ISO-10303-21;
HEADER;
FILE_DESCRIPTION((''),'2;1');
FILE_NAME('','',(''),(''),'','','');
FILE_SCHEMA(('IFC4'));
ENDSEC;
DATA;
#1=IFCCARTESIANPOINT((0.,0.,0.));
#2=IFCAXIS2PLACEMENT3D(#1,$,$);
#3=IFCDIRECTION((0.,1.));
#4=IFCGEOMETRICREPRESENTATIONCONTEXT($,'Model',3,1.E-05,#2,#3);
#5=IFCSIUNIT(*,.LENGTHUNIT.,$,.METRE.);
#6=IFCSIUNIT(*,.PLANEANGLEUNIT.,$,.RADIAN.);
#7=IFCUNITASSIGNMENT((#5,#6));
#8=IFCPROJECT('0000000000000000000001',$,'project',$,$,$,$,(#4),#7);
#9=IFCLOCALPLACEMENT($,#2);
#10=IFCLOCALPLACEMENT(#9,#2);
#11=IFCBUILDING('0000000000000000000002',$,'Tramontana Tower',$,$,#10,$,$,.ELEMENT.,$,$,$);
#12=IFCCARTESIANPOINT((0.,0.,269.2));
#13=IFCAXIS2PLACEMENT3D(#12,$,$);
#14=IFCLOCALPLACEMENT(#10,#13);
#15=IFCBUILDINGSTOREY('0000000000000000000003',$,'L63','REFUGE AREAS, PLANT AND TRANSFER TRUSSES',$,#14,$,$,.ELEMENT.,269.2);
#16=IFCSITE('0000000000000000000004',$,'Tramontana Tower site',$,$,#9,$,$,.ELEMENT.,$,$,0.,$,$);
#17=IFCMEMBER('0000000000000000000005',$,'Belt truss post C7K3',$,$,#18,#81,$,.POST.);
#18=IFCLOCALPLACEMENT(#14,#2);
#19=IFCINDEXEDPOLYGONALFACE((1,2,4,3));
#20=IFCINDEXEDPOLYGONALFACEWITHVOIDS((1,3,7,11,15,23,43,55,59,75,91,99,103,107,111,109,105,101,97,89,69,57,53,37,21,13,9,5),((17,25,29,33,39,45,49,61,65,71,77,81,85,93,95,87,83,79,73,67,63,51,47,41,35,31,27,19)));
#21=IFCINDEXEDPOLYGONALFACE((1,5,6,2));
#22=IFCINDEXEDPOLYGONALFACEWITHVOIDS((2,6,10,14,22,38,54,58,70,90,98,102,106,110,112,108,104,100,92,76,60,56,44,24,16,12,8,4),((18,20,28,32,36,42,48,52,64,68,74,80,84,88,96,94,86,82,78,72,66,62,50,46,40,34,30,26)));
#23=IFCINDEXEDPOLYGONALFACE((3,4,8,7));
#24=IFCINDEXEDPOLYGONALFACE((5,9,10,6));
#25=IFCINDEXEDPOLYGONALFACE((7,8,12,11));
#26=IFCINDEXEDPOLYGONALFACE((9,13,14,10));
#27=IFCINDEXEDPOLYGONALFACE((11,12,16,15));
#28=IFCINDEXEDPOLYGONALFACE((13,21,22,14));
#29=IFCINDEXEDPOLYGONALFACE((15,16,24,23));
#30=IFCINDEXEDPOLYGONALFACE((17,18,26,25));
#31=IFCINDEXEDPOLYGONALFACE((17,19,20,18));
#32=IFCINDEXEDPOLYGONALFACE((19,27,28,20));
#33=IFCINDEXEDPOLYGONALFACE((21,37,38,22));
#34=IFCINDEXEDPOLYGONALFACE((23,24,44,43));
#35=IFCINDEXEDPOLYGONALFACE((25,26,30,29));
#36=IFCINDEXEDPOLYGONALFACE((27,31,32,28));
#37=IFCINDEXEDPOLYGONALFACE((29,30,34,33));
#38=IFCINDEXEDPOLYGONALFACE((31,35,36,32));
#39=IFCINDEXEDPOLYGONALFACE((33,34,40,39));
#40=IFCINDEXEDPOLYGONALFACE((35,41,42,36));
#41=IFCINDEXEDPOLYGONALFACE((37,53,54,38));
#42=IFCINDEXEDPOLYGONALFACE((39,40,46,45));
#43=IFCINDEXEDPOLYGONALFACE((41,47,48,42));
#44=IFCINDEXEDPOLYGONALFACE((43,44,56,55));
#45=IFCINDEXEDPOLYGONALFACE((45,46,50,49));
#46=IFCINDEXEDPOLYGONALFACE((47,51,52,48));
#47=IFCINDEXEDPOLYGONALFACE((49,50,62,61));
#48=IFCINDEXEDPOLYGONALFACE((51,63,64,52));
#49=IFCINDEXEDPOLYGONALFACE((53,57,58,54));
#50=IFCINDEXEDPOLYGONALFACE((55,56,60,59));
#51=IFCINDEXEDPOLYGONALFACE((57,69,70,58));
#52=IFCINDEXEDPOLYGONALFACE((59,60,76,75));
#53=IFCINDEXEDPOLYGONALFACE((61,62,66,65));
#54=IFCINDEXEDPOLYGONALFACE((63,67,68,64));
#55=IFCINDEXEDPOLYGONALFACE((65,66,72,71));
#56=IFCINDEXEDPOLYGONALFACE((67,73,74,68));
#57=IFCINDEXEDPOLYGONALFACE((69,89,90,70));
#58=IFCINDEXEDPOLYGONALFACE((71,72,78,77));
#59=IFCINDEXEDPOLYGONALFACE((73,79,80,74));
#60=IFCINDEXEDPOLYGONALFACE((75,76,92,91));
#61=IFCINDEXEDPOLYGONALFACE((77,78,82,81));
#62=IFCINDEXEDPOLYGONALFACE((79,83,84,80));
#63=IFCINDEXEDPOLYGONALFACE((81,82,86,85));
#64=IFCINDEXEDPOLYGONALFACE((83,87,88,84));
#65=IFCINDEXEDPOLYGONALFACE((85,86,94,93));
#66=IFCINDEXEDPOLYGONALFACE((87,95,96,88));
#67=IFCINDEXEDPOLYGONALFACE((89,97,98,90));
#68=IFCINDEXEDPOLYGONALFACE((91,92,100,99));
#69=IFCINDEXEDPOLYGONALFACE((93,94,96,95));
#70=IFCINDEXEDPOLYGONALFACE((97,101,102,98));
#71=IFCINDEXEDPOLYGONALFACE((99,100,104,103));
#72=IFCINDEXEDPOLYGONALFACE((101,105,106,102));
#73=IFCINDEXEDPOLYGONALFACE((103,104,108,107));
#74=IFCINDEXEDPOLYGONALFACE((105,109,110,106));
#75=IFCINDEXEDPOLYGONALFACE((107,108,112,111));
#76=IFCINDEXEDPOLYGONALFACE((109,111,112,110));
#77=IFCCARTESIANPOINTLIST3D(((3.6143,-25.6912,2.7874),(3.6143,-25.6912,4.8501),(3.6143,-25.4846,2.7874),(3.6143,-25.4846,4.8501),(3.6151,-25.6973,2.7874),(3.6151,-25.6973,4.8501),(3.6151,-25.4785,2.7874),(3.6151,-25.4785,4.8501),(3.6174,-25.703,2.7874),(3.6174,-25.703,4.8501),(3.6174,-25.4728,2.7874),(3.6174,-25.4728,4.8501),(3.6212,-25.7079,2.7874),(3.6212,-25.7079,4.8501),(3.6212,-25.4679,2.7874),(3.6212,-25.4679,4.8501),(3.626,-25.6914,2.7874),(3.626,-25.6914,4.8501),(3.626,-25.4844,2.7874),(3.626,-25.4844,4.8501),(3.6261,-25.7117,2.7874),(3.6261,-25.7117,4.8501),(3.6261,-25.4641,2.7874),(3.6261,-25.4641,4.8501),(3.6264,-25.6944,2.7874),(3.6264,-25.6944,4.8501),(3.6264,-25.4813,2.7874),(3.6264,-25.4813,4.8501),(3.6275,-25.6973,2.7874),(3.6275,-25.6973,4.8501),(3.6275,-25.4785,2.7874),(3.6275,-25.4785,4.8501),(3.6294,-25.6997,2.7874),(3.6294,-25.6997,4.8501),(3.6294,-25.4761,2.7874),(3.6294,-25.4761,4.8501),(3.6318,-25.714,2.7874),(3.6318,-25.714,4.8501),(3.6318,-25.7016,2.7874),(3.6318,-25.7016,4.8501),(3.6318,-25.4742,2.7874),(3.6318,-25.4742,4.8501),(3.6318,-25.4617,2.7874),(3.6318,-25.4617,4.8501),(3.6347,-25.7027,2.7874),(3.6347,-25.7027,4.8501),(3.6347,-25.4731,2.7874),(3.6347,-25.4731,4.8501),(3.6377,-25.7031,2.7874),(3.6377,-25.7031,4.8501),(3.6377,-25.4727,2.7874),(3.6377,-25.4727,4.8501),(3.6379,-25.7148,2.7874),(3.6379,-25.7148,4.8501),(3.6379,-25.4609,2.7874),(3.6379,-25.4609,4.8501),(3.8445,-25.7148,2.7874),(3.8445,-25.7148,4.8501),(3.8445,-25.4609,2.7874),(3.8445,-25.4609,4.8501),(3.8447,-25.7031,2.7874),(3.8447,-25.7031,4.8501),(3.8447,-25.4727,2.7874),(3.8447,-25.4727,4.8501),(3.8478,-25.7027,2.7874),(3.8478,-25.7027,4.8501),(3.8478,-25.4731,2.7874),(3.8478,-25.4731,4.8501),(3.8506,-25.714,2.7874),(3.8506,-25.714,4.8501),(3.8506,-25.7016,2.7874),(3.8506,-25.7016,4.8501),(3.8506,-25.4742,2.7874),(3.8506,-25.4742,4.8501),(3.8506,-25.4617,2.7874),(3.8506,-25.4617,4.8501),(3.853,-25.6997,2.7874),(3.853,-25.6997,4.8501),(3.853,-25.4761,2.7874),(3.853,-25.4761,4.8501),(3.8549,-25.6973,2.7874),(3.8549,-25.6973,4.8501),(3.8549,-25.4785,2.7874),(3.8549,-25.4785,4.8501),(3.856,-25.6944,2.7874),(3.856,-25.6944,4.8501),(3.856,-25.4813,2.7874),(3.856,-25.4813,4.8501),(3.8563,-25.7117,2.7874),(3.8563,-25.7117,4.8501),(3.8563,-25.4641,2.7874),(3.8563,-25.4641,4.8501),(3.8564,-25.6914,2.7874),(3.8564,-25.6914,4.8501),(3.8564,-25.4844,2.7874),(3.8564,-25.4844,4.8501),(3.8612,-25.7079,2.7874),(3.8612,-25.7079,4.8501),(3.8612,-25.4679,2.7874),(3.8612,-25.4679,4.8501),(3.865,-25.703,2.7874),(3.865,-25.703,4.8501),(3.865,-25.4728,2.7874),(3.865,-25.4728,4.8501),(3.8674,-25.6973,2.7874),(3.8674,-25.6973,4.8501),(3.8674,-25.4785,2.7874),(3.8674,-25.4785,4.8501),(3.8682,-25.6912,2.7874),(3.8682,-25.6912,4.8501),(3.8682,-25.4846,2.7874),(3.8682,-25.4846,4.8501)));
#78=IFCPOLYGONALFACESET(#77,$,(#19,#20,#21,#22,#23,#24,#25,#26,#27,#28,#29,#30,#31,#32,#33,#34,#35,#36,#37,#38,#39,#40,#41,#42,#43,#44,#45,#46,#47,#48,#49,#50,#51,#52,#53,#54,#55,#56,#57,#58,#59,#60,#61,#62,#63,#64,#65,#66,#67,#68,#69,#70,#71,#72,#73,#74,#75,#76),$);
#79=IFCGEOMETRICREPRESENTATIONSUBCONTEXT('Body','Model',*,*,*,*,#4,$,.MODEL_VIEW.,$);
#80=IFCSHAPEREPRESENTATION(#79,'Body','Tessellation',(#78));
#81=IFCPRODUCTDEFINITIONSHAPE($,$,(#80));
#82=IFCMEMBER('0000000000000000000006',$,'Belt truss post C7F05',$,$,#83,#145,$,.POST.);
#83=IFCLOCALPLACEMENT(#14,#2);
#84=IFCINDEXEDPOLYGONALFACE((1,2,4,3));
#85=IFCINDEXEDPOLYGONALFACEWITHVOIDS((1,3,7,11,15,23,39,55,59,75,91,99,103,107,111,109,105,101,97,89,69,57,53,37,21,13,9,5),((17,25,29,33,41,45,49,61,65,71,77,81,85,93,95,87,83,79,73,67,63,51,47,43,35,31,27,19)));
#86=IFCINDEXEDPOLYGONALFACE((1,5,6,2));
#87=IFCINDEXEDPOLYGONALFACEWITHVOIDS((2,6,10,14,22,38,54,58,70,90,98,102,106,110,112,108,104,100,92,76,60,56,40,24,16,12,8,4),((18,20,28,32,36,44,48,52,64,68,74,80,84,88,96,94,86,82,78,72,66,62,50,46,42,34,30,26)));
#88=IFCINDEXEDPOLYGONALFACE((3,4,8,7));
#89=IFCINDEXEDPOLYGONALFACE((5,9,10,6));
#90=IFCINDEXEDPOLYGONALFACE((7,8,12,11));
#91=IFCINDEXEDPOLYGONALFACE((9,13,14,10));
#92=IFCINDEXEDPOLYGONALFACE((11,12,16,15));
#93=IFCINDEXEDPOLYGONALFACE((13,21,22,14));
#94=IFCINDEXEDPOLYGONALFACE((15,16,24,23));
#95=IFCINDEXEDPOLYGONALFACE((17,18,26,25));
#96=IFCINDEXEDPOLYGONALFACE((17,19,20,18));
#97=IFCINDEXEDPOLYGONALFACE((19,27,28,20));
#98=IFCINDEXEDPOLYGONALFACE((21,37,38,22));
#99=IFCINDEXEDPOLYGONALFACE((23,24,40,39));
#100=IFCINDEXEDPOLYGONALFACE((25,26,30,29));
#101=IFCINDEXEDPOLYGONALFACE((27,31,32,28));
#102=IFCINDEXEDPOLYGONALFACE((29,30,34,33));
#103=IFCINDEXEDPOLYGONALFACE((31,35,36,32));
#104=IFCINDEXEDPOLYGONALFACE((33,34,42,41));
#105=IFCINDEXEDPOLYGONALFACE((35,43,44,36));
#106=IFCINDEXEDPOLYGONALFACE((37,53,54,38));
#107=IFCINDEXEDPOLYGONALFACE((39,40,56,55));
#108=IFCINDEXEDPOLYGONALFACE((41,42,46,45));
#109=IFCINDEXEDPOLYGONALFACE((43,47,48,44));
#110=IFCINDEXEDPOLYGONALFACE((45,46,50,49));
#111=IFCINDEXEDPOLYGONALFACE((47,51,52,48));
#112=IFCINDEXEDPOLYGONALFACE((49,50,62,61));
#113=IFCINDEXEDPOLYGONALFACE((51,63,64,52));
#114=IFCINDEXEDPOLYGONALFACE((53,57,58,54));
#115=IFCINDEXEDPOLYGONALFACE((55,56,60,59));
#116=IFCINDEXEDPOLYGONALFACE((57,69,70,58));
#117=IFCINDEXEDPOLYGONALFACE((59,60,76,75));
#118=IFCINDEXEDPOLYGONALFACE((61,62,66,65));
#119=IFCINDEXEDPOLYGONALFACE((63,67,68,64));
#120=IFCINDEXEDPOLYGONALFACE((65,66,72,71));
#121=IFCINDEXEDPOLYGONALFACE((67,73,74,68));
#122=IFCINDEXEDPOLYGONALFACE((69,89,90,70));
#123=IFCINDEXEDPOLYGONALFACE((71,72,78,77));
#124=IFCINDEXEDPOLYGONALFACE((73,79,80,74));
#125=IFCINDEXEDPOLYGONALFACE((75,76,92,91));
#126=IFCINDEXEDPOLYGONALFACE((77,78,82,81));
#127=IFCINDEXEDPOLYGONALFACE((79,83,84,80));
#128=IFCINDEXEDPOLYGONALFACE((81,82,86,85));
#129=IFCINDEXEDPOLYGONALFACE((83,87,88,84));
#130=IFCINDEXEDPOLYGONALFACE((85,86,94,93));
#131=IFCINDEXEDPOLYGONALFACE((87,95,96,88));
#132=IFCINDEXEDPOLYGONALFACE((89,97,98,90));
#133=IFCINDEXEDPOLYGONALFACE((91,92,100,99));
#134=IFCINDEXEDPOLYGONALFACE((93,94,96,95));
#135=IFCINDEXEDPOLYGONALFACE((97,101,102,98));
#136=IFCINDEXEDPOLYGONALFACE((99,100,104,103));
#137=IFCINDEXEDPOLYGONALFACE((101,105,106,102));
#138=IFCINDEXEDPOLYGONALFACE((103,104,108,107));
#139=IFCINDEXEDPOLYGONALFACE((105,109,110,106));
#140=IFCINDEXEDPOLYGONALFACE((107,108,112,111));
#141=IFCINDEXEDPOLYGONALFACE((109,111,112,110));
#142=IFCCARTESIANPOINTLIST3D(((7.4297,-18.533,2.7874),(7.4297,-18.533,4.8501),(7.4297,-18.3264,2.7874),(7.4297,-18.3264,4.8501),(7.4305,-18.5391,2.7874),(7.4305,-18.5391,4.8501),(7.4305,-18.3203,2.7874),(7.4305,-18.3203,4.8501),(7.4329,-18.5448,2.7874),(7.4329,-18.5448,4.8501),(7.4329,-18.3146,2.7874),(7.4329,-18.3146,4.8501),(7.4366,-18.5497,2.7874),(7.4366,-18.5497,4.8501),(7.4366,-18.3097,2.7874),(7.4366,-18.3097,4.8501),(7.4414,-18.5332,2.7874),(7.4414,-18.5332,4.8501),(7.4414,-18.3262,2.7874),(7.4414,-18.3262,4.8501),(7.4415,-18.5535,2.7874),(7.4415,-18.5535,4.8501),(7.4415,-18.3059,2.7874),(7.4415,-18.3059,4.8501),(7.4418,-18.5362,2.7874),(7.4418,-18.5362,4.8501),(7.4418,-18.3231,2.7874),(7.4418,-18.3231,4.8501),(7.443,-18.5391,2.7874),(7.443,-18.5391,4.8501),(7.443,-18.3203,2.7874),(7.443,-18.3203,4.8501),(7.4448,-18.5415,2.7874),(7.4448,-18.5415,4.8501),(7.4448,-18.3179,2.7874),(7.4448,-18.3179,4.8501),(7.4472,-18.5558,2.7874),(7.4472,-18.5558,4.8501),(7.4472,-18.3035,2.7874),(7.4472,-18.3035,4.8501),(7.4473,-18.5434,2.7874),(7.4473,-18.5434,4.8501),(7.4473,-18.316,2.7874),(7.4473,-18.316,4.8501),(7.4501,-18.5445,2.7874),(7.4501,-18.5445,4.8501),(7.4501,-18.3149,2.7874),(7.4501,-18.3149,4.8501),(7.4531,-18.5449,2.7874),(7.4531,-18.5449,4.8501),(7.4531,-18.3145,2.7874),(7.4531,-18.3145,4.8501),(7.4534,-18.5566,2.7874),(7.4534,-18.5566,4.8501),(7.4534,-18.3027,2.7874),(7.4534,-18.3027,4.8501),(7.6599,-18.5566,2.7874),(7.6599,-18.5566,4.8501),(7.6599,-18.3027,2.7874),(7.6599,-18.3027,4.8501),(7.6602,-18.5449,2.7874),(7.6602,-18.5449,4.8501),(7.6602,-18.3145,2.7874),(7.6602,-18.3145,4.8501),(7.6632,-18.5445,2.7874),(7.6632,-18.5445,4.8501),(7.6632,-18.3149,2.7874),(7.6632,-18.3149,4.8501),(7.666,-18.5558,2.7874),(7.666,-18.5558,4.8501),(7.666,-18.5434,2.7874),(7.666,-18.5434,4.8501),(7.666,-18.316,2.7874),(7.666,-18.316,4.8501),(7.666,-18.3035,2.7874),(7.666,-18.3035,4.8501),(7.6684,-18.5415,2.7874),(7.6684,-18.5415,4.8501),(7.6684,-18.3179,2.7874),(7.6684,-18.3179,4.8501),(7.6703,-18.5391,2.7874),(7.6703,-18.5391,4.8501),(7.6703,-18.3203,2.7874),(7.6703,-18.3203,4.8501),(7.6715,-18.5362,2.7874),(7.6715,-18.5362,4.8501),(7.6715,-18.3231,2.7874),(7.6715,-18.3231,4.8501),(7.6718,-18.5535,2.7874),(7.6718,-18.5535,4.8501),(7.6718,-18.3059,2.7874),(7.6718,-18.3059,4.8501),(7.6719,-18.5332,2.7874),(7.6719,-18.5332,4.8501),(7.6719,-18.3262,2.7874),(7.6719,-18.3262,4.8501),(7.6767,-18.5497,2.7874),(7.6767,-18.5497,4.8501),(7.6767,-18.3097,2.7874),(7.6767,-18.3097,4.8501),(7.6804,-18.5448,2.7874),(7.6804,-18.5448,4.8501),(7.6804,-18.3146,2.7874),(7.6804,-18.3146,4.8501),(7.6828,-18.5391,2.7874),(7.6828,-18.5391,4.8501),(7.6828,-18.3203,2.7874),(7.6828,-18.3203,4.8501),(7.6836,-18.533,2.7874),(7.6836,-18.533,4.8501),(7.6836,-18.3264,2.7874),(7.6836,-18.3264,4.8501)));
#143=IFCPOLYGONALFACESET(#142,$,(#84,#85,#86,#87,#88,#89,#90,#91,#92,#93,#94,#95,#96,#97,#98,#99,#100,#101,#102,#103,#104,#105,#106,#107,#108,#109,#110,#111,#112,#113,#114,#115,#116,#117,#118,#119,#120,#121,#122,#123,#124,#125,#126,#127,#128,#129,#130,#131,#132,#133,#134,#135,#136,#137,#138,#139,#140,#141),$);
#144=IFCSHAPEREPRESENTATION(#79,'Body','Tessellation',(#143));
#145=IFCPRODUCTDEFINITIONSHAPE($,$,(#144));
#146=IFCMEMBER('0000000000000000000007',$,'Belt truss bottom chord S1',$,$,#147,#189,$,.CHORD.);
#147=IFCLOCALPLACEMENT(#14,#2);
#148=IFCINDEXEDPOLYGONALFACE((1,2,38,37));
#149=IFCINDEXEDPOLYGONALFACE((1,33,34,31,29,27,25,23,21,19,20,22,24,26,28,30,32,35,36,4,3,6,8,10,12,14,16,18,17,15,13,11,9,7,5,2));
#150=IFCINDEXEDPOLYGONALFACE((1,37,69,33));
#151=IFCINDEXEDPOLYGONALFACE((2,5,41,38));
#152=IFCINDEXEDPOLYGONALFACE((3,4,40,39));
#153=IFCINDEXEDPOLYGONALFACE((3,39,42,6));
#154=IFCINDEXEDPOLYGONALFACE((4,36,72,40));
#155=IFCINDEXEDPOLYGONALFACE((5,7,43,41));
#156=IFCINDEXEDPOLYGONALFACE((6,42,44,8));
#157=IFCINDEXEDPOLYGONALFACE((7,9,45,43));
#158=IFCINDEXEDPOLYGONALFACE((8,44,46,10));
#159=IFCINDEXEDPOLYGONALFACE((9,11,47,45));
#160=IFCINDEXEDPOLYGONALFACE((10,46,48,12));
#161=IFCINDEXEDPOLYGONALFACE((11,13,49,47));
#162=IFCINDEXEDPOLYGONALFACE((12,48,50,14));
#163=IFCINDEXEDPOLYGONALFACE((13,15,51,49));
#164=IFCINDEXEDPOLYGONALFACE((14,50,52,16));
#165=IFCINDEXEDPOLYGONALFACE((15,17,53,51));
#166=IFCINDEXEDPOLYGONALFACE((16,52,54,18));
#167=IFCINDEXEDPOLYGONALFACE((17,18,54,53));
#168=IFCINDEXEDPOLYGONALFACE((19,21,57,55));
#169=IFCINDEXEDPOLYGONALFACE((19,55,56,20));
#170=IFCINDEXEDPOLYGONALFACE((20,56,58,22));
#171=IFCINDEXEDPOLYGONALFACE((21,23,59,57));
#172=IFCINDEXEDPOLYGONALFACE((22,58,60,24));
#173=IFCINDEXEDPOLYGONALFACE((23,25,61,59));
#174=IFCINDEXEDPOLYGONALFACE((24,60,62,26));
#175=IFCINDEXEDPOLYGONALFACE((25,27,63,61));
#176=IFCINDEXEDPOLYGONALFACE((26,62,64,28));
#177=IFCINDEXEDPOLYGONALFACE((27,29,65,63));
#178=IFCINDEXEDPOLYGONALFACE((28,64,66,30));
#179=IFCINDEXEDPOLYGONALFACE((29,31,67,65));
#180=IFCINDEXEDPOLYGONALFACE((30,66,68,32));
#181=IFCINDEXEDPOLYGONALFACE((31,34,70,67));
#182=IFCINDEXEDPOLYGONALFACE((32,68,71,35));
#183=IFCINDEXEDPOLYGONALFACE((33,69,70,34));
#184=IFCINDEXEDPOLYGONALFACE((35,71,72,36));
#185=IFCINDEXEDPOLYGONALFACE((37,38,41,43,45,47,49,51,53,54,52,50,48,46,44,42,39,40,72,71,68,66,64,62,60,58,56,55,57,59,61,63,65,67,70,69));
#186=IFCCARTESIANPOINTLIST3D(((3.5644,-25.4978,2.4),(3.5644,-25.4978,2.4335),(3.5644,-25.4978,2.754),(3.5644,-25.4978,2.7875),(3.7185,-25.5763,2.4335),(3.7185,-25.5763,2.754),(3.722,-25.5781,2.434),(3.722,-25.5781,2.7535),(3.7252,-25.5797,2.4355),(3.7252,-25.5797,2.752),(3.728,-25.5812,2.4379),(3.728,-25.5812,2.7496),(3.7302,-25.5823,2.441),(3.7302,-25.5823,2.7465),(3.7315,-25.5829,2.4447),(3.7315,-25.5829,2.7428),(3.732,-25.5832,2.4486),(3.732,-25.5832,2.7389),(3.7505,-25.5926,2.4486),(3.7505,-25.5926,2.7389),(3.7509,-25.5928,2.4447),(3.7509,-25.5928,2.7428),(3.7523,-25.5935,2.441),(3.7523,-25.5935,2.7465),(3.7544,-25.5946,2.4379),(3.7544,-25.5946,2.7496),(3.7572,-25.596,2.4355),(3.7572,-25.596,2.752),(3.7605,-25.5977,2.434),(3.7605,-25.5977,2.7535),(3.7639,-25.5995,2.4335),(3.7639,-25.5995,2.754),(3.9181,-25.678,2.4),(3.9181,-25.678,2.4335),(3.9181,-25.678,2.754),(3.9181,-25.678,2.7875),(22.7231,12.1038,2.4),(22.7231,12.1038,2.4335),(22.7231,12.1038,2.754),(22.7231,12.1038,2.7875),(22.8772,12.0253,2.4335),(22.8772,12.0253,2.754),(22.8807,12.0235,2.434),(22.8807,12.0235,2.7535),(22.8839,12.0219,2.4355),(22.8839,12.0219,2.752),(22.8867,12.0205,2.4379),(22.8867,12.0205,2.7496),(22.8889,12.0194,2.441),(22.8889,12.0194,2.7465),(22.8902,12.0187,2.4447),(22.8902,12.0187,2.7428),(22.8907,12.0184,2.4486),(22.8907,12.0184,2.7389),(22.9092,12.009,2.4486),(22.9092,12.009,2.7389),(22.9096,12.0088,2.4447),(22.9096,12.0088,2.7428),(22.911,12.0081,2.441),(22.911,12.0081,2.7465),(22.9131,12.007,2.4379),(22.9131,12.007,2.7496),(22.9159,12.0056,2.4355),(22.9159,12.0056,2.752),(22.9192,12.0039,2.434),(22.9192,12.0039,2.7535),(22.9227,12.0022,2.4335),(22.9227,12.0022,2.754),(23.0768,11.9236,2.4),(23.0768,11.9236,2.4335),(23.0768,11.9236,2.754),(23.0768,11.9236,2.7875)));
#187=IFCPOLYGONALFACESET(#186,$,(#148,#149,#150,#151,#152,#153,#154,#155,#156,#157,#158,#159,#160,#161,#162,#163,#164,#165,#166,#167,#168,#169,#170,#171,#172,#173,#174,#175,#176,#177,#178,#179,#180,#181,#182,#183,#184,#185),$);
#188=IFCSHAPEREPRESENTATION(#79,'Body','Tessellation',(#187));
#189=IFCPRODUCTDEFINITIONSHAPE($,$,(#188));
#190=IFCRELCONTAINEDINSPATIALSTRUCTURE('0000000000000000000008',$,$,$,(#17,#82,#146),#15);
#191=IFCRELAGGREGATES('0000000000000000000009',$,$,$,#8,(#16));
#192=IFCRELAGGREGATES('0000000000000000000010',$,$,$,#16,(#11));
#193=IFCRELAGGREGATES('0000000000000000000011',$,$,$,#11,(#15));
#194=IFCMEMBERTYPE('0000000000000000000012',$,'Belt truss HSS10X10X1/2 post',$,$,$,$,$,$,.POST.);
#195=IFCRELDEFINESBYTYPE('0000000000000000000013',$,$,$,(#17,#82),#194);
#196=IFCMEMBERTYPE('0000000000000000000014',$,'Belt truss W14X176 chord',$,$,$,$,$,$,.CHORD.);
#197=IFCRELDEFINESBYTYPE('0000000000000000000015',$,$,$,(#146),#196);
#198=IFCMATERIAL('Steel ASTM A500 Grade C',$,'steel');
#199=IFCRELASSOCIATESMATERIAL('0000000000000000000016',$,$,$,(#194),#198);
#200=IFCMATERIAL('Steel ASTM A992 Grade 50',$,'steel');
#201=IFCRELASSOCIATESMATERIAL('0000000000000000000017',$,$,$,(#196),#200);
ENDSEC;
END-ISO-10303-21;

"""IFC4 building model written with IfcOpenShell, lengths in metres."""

from ifc_helpers import new_model, si_unit, direction, frame, origin, origin_2d, place, context, subcontext, project, spatial, hollow_rectangle, i_section, extrude, material, material_profile, profile_set, type_object, element, save


model = new_model("IFC4")

# Units and contexts
model_context = context("Model", 3, precision=1e-05, world=origin(), true_north=direction((0.0, 1.0)))
body_context = subcontext(model_context, "Body", "Model", "MODEL_VIEW")
ifc_project = project(units=[si_unit("LENGTHUNIT", "METRE"), si_unit("PLANEANGLEUNIT", "RADIAN")], contexts=[model_context])

# Site, building, storey
site_placement = place(None, origin())
site = spatial("IfcSite", under=ifc_project, at=site_placement, Name="Tramontana Tower site", CompositionType="ELEMENT", RefElevation=0.0)
building_placement = place(site_placement, origin())
building = spatial("IfcBuilding", under=site, at=building_placement, Name="Tramontana Tower", CompositionType="ELEMENT")
storey_placement = place(building_placement, frame((0.0, 0.0, 269.2)))
storey = spatial("IfcBuildingStorey", under=building, at=storey_placement, Name="L63", Description="REFUGE AREAS, PLANT AND TRANSFER TRUSSES", CompositionType="ELEMENT", Elevation=269.2)

# Members
ifc_material_1 = material(Name="Steel ASTM A500 Grade C", Category="steel")
ifc_material_profile_1 = material_profile(ifc_material_1, hollow_rectangle(XDim=0.2539, YDim=0.2539, WallThickness=0.0117, InnerFilletRadius=0.0117, OuterFilletRadius=0.0237, at=origin_2d()), Name="HSS10X10X1/2")
ifc_profile_set_1 = profile_set([ifc_material_profile_1], Name="Steel ASTM A500 Grade C")
member_type_1 = type_object("IfcMemberType", Name="Belt truss HSS10X10X1/2 post", PredefinedType="POST", material=ifc_profile_set_1)
for number, where, z_axis, x_axis, name in (
    (1, (3.7412, -25.5879, 2.7874), (0.0, 0.0, 1.0), (1.0, 0.0, 0.0), "Belt truss post C7K3"),
    (2, (7.5566, -18.4297, 2.7874), (0.0, 0.0, 1.0), (1.0, 0.0, 0.0), "Belt truss post C7F05"),
):
    element("IfcMember", number, at=place(storey_placement, frame(where, z_axis=z_axis, x_axis=x_axis)), inside=storey, type_object=member_type_1, Name=name, PredefinedType="POST", context=body_context, shape_type="SweptSolid", body=[
        extrude(hollow_rectangle(XDim=0.2539, YDim=0.2539, WallThickness=0.0117, InnerFilletRadius=0.0117, OuterFilletRadius=0.0237, at=origin_2d()), origin(), (0.0, 0.0, 1.0), 2.0627),
    ])
ifc_material_2 = material(Name="Steel ASTM A992 Grade 50", Category="steel")
ifc_material_profile_2 = material_profile(ifc_material_2, i_section(OverallWidth=0.397, OverallDepth=0.3875, WebThickness=0.0208, FlangeThickness=0.0334, FilletRadius=0.0151, at=origin_2d()), Name="W14X176")
ifc_profile_set_2 = profile_set([ifc_material_profile_2], Name="Steel ASTM A992 Grade 50")
member_type_2 = type_object("IfcMemberType", Name="Belt truss W14X176 chord", PredefinedType="CHORD", material=ifc_profile_set_2)
for number, where, z_axis, x_axis, name in (
    (3, (3.7412, -25.5879, 2.5938), (0.453986, 0.891009, 0.0), (-0.891009, 0.453986, 0.0), "Belt truss bottom chord S1"),
):
    element("IfcMember", number, at=place(storey_placement, frame(where, z_axis=z_axis, x_axis=x_axis)), inside=storey, type_object=member_type_2, Name=name, PredefinedType="CHORD", context=body_context, shape_type="SweptSolid", body=[
        extrude(i_section(OverallWidth=0.397, OverallDepth=0.3875, WebThickness=0.0208, FlangeThickness=0.0334, FilletRadius=0.0151, at=origin_2d()), origin(), (0.0, 0.0, 1.0), 42.2012),
    ])

save(model, "model.ifc")
